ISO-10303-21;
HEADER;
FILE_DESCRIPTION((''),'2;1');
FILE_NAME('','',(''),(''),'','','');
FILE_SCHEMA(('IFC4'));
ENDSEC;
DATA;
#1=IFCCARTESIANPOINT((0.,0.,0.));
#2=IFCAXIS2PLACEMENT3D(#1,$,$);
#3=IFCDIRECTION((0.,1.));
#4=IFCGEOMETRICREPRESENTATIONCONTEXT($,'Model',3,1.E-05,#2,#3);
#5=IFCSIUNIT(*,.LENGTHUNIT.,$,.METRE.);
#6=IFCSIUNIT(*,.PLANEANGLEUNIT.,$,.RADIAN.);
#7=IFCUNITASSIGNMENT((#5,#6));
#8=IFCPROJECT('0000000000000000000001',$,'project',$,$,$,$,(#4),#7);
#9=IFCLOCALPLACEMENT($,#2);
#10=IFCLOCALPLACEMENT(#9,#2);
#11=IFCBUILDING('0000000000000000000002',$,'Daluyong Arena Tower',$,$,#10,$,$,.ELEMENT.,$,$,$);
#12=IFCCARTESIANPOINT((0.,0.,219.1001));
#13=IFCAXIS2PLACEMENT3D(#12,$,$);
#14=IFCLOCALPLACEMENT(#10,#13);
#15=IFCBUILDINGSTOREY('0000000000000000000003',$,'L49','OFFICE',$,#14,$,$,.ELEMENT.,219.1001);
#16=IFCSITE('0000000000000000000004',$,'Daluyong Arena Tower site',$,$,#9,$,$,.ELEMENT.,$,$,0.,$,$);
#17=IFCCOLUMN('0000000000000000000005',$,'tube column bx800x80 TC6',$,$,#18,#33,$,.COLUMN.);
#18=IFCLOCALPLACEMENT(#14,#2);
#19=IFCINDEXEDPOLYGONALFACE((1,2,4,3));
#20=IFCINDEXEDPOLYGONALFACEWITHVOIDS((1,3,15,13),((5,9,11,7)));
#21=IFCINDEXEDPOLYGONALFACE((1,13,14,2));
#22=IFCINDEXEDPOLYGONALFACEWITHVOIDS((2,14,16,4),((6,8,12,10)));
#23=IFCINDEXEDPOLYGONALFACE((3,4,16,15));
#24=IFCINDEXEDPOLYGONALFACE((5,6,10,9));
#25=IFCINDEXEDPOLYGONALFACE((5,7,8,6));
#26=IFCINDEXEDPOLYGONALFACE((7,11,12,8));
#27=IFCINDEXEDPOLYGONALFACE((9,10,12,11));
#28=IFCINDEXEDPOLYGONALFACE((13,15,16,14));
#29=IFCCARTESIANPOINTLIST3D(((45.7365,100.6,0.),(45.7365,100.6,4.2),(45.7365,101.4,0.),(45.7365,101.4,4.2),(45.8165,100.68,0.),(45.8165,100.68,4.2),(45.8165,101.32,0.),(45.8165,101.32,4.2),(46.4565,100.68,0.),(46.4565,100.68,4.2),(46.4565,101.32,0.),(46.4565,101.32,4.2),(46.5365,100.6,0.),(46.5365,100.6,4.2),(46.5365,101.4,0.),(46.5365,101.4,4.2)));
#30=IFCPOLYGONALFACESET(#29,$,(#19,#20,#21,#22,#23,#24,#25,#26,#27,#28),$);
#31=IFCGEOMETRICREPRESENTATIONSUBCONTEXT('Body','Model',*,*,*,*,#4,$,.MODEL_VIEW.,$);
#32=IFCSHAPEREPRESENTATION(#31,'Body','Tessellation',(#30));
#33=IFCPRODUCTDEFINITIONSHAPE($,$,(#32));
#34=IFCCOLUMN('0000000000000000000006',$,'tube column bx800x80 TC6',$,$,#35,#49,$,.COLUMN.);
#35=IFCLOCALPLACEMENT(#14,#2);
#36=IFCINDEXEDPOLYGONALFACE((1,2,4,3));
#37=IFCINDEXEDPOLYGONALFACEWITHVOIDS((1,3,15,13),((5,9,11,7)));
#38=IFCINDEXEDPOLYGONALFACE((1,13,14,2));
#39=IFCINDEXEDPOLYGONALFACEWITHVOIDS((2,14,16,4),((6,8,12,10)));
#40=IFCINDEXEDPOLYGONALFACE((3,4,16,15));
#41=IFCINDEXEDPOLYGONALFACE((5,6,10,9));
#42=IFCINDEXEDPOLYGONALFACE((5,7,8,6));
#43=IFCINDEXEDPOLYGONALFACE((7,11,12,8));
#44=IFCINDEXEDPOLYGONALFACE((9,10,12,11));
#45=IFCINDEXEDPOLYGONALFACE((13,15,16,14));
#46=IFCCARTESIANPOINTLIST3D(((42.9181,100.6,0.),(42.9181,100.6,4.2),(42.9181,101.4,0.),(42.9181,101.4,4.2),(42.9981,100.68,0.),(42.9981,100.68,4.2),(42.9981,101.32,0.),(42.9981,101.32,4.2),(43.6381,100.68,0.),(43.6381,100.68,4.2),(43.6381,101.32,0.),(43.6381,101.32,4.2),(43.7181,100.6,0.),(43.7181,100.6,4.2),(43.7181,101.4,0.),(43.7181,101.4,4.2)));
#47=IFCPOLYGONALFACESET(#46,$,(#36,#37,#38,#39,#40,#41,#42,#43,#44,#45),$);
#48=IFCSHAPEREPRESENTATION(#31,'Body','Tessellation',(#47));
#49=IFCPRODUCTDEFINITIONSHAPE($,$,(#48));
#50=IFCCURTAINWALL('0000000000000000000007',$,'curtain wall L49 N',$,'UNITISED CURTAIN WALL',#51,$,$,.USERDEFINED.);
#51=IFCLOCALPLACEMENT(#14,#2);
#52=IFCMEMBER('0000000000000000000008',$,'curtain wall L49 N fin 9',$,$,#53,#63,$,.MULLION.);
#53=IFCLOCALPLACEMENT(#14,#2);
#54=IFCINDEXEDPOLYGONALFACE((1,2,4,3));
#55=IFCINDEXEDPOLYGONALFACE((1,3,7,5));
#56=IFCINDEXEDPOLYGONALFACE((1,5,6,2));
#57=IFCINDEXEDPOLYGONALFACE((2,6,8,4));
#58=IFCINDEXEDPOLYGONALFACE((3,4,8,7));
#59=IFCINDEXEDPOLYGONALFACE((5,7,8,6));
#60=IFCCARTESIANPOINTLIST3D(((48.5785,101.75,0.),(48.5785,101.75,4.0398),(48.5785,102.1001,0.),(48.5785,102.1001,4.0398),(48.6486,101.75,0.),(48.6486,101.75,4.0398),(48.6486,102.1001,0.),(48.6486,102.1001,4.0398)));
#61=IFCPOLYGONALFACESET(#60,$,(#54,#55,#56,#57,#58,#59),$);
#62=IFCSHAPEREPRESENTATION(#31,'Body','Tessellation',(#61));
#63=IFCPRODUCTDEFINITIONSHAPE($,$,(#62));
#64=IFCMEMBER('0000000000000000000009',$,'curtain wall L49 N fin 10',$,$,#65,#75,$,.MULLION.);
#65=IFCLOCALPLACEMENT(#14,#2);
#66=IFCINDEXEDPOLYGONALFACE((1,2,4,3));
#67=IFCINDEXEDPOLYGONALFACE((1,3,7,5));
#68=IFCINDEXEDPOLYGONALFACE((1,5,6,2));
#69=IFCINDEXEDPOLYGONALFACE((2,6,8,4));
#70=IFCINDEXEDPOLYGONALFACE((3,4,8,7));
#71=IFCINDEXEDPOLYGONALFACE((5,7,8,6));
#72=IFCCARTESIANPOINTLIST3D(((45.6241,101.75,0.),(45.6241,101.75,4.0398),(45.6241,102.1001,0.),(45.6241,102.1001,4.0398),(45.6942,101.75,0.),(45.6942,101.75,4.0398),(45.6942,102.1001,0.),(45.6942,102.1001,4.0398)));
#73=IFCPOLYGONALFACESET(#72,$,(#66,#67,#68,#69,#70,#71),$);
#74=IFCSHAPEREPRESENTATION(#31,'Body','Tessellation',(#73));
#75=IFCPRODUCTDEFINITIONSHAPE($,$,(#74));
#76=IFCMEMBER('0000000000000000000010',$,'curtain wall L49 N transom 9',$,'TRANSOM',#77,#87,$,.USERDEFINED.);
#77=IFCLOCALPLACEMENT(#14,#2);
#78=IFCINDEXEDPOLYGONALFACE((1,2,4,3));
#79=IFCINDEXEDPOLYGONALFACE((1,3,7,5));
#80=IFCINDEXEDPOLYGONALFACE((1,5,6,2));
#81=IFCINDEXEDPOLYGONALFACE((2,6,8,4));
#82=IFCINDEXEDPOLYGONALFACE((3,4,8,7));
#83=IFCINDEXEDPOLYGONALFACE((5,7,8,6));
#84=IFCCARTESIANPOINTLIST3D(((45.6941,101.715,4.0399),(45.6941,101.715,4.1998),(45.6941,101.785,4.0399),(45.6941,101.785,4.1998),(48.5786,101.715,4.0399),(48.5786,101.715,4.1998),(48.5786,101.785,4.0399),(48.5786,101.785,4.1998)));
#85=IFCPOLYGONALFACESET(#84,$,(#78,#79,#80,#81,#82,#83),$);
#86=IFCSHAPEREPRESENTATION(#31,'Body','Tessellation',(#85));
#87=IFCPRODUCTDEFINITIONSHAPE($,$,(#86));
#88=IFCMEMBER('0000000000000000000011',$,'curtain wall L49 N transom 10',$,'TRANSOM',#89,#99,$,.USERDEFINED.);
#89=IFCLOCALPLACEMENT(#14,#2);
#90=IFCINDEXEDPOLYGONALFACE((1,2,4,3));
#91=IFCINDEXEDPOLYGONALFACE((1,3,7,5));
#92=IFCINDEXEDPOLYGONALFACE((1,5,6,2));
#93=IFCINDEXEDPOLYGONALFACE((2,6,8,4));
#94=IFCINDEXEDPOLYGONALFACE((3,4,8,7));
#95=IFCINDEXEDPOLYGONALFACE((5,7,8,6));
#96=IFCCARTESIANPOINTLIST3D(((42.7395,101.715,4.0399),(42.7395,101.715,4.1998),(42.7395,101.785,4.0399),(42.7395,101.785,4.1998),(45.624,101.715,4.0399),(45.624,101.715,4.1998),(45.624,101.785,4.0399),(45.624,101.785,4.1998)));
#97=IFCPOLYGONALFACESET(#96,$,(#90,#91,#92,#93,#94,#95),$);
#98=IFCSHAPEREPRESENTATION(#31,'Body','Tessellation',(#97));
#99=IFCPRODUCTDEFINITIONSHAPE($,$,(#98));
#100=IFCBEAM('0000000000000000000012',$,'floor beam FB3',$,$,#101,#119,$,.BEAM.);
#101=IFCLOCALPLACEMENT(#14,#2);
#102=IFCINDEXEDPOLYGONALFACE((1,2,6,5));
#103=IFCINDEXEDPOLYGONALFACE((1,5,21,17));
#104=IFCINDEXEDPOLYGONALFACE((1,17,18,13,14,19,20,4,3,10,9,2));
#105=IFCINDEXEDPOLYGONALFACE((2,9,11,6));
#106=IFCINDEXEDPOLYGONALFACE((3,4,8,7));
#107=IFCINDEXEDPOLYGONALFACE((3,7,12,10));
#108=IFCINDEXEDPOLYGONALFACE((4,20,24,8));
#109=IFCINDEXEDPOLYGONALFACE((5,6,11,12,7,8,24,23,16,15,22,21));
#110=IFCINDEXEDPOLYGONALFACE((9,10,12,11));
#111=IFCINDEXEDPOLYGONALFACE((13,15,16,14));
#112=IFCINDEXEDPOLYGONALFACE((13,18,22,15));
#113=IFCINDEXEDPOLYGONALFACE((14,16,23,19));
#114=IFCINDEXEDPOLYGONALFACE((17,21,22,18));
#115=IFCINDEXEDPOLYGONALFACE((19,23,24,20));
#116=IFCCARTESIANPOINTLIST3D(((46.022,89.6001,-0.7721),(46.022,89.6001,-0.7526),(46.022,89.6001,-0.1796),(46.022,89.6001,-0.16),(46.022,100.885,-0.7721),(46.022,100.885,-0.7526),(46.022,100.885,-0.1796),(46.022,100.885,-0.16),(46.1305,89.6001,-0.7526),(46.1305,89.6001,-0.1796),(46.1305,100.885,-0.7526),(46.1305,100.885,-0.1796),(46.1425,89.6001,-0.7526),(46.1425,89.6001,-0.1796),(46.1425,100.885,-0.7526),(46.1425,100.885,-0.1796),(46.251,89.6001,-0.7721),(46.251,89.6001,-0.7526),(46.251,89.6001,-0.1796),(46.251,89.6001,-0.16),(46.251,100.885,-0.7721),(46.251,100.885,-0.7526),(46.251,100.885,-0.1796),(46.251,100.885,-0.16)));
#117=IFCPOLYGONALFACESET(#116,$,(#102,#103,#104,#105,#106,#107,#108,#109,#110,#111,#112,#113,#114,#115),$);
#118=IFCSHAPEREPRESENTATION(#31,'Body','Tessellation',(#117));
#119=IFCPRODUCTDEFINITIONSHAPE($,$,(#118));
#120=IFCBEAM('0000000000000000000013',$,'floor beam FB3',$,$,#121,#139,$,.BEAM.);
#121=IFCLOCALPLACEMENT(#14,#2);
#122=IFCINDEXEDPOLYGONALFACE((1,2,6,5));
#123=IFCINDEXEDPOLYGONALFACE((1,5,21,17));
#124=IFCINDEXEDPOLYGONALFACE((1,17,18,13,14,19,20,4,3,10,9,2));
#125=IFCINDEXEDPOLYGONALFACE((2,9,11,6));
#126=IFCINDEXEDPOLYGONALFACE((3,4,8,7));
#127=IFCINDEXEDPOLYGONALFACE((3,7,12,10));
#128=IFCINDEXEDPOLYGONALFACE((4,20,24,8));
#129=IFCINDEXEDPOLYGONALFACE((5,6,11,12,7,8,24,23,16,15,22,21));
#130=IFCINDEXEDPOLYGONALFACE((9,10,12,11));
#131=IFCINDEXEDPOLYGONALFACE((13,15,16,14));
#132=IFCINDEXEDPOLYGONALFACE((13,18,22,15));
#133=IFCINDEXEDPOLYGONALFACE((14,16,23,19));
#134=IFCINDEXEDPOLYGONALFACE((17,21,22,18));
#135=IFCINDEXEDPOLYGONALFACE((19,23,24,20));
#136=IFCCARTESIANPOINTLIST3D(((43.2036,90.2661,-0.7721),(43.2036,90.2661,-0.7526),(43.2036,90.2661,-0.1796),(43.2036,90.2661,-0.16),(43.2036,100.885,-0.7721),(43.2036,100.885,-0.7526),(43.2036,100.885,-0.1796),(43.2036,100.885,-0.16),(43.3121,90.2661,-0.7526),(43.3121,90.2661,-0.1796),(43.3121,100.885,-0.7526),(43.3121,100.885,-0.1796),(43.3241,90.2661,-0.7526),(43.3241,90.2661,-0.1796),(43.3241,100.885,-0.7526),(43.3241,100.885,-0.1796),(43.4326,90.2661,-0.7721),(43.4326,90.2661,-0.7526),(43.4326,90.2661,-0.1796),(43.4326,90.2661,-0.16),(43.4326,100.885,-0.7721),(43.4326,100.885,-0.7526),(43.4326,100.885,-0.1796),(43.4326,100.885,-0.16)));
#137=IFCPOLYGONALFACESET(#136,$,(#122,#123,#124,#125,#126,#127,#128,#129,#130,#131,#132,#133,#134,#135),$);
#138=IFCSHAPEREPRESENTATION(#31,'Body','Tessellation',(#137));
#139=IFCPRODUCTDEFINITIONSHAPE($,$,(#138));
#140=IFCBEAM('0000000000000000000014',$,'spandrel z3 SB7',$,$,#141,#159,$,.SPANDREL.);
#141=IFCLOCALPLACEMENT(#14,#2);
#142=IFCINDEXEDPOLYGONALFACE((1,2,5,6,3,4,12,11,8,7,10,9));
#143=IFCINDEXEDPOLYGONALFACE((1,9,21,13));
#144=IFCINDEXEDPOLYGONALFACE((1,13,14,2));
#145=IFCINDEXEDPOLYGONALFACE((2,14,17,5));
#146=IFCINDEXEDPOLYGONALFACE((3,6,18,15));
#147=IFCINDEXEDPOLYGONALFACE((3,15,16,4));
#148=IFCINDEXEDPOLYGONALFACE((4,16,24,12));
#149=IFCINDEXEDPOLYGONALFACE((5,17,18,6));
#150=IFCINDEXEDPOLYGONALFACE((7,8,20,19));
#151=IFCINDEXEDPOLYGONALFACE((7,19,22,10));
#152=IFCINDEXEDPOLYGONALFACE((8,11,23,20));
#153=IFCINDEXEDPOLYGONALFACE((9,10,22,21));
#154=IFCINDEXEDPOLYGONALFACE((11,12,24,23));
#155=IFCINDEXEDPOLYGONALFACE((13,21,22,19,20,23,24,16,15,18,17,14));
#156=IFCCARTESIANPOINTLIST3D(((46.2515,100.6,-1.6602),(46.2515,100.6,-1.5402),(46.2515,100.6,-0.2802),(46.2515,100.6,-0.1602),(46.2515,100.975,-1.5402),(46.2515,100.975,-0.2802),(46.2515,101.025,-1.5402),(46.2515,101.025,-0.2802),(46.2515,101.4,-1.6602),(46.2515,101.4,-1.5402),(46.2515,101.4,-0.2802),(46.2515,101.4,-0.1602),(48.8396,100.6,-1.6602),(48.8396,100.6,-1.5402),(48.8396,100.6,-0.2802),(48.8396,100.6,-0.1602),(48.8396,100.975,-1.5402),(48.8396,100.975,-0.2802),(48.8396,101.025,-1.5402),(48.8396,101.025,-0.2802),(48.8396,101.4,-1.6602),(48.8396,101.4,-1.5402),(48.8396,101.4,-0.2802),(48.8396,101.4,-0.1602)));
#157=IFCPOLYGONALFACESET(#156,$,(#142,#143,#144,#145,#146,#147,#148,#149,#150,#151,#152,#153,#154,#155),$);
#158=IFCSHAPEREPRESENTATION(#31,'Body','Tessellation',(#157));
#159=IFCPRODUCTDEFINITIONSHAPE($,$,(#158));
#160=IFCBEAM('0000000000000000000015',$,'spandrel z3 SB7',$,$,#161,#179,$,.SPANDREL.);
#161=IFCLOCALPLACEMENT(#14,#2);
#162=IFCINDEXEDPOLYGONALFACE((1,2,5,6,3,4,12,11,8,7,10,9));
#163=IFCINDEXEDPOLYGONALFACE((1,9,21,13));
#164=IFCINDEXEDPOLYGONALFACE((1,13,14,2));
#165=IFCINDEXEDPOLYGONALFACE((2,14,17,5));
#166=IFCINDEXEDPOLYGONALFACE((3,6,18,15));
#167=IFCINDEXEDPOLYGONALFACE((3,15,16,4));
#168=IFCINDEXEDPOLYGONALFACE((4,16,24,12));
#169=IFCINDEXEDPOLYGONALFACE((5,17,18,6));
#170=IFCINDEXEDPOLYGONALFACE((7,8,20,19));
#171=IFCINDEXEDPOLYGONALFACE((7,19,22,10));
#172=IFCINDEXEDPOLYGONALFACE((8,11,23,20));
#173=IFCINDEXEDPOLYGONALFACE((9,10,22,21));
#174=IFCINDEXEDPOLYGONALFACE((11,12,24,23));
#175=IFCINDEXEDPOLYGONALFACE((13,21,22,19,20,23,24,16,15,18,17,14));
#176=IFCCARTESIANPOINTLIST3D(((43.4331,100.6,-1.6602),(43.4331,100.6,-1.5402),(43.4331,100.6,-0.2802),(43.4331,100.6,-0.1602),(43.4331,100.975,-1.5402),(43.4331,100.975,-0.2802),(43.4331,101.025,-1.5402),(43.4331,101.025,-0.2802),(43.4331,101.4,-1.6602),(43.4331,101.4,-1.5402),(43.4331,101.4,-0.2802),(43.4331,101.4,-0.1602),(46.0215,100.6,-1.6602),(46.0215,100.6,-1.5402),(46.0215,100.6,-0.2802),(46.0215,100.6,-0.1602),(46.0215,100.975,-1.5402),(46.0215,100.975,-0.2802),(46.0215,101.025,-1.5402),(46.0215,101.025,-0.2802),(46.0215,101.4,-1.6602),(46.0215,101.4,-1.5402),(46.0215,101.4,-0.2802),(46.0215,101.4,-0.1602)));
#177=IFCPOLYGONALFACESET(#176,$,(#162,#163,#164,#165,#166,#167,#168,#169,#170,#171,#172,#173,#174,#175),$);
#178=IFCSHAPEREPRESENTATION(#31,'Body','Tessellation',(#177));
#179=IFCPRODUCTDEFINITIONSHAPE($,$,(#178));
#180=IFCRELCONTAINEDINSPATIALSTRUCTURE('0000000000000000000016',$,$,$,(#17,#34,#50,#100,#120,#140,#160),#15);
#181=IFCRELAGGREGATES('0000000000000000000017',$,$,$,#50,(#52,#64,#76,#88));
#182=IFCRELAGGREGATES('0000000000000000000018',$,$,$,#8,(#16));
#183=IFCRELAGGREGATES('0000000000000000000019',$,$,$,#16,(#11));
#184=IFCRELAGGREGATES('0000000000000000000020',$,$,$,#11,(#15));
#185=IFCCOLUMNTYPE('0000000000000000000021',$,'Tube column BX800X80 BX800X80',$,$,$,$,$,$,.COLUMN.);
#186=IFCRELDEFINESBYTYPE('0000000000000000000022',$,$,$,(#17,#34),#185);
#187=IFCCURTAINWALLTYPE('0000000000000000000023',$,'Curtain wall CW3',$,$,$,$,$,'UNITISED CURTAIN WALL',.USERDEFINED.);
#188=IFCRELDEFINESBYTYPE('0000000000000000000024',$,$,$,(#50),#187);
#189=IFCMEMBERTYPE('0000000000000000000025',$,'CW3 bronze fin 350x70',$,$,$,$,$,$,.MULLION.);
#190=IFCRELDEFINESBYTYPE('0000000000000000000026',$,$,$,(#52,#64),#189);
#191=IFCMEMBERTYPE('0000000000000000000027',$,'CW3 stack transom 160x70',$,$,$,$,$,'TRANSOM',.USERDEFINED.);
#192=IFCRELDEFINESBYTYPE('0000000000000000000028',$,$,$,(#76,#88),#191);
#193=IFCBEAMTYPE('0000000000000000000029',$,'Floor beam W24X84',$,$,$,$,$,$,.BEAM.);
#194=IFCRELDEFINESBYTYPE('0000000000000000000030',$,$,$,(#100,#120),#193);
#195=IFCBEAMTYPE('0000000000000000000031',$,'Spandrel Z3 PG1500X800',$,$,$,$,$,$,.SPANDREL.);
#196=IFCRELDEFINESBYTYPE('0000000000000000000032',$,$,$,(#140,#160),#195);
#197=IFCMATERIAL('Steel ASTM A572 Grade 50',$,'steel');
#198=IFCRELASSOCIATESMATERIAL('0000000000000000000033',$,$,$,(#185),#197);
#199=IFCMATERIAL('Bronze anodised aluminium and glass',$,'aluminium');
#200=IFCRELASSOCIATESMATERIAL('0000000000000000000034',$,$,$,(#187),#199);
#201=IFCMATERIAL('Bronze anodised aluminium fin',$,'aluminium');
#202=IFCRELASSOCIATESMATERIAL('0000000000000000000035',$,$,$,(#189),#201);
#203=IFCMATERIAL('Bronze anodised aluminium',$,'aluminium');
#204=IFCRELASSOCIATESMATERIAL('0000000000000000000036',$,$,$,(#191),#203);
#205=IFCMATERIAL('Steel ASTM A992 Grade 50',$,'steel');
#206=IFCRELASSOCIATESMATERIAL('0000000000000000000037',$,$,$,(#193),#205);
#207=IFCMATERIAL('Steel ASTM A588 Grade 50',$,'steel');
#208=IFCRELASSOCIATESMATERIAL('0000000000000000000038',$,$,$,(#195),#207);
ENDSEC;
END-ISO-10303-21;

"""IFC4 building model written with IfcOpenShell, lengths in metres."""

from ifc_helpers import new_model, si_unit, direction, frame, origin, origin_2d, place, context, subcontext, project, spatial, rectangle, hollow_rectangle, i_section, extrude, material, material_profile, profile_set, type_object, element, aggregate, save


model = new_model("IFC4")

# Units and contexts
model_context = context("Model", 3, precision=1e-05, world=origin(), true_north=direction((0.0, 1.0)))
body_context = subcontext(model_context, "Body", "Model", "MODEL_VIEW")
ifc_project = project(units=[si_unit("LENGTHUNIT", "METRE"), si_unit("PLANEANGLEUNIT", "RADIAN")], contexts=[model_context])

# Site, building, storey
site_placement = place(None, origin())
site = spatial("IfcSite", under=ifc_project, at=site_placement, Name="Daluyong Arena Tower site", CompositionType="ELEMENT", RefElevation=0.0)
building_placement = place(site_placement, origin())
building = spatial("IfcBuilding", under=site, at=building_placement, Name="Daluyong Arena Tower", CompositionType="ELEMENT")
storey_placement = place(building_placement, frame((0.0, 0.0, 219.1001)))
storey = spatial("IfcBuildingStorey", under=building, at=storey_placement, Name="L49", Description="OFFICE", CompositionType="ELEMENT", Elevation=219.1001)

# Columns
ifc_material_1 = material(Name="Steel ASTM A572 Grade 50", Category="steel")
ifc_material_profile_1 = material_profile(ifc_material_1, hollow_rectangle(XDim=0.8, YDim=0.8, WallThickness=0.08, at=origin_2d()))
ifc_profile_set_1 = profile_set([ifc_material_profile_1], Name="Steel ASTM A572 Grade 50")
column_type = type_object("IfcColumnType", Name="Tube column BX800X80 BX800X80", PredefinedType="COLUMN", material=ifc_profile_set_1)
for number, where, z_axis, x_axis, name in (
    (1, (46.1365, 101.0, 0.0), (0.0, 0.0, 1.0), (1.0, 0.0, 0.0), "tube column bx800x80 TC6"),
    (2, (43.3181, 101.0, 0.0), (0.0, 0.0, 1.0), (1.0, 0.0, 0.0), "tube column bx800x80 TC6"),
):
    element("IfcColumn", number, at=place(storey_placement, frame(where, z_axis=z_axis, x_axis=x_axis)), inside=storey, type_object=column_type, Name=name, PredefinedType="COLUMN", context=body_context, shape_type="SweptSolid", body=[
        extrude(hollow_rectangle(XDim=0.8, YDim=0.8, WallThickness=0.08, at=origin_2d()), origin(), (0.0, 0.0, 1.0), 4.2),
    ])

# Curtain wall, members
ifc_material_2 = material(Name="Bronze anodised aluminium and glass", Category="aluminium")
curtain_wall_type = type_object("IfcCurtainWallType", Name="Curtain wall CW3", ElementType="UNITISED CURTAIN WALL", PredefinedType="USERDEFINED", material=ifc_material_2)
curtain_wall_placement = place(storey_placement, origin())
curtain_wall = element("IfcCurtainWall", 3, at=curtain_wall_placement, inside=storey, type_object=curtain_wall_type, Name="curtain wall L49 N", ObjectType="UNITISED CURTAIN WALL", PredefinedType="USERDEFINED")
ifc_material_3 = material(Name="Bronze anodised aluminium fin", Category="aluminium")
ifc_material_profile_2 = material_profile(ifc_material_3, rectangle(XDim=0.3501, YDim=0.0701, at=origin_2d()))
ifc_profile_set_2 = profile_set([ifc_material_profile_2], Name="Bronze anodised aluminium fin")
member_type_1 = type_object("IfcMemberType", Name="CW3 bronze fin 350x70", PredefinedType="MULLION", material=ifc_profile_set_2)
member_1_placement = place(storey_placement, frame((48.6135, 101.925, 0.0), z_axis=(0.0, 0.0, 1.0), x_axis=(0.0, -1.0, 0.0)))
member_1 = element("IfcMember", 4, at=member_1_placement, type_object=member_type_1, Name="curtain wall L49 N fin 9", PredefinedType="MULLION", context=body_context, shape_type="SweptSolid", body=[
    extrude(rectangle(XDim=0.3501, YDim=0.0701, at=origin_2d()), origin(), (0.0, 0.0, 1.0), 4.0398),
])
member_2_placement = place(storey_placement, frame((45.6592, 101.925, 0.0), z_axis=(0.0, 0.0, 1.0), x_axis=(0.0, -1.0, 0.0)))
member_2 = element("IfcMember", 5, at=member_2_placement, type_object=member_type_1, Name="curtain wall L49 N fin 10", PredefinedType="MULLION", context=body_context, shape_type="SweptSolid", body=[
    extrude(rectangle(XDim=0.3501, YDim=0.0701, at=origin_2d()), origin(), (0.0, 0.0, 1.0), 4.0398),
])
ifc_material_4 = material(Name="Bronze anodised aluminium", Category="aluminium")
ifc_material_profile_3 = material_profile(ifc_material_4, rectangle(XDim=0.0701, YDim=0.1599, at=origin_2d()))
ifc_profile_set_3 = profile_set([ifc_material_profile_3], Name="Bronze anodised aluminium")
member_type_2 = type_object("IfcMemberType", Name="CW3 stack transom 160x70", ElementType="TRANSOM", PredefinedType="USERDEFINED", material=ifc_profile_set_3)
member_3_placement = place(storey_placement, frame((48.5786, 101.75, 4.1199), z_axis=(-1.0, 0.0, 0.0), x_axis=(0.0, -1.0, 0.0)))
member_3 = element("IfcMember", 6, at=member_3_placement, type_object=member_type_2, Name="curtain wall L49 N transom 9", ObjectType="TRANSOM", PredefinedType="USERDEFINED", context=body_context, shape_type="SweptSolid", body=[
    extrude(rectangle(XDim=0.0701, YDim=0.1599, at=origin_2d()), origin(), (0.0, 0.0, 1.0), 2.8845),
])
member_4_placement = place(storey_placement, frame((45.624, 101.75, 4.1199), z_axis=(-1.0, 0.0, 0.0), x_axis=(0.0, -1.0, 0.0)))
member_4 = element("IfcMember", 7, at=member_4_placement, type_object=member_type_2, Name="curtain wall L49 N transom 10", ObjectType="TRANSOM", PredefinedType="USERDEFINED", context=body_context, shape_type="SweptSolid", body=[
    extrude(rectangle(XDim=0.0701, YDim=0.1599, at=origin_2d()), origin(), (0.0, 0.0, 1.0), 2.8845),
])

# Beams
ifc_material_5 = material(Name="Steel ASTM A992 Grade 50", Category="steel")
ifc_material_profile_4 = material_profile(ifc_material_5, i_section(OverallWidth=0.229, OverallDepth=0.6121, WebThickness=0.012, FlangeThickness=0.0195, at=origin_2d()))
ifc_profile_set_4 = profile_set([ifc_material_profile_4], Name="Steel ASTM A992 Grade 50")
beam_type_1 = type_object("IfcBeamType", Name="Floor beam W24X84", PredefinedType="BEAM", material=ifc_profile_set_4)
beam_1_placement = place(storey_placement, frame((46.1365, 100.885, -0.4661), z_axis=(0.0, -1.0, 0.0), x_axis=(1.0, 0.0, 0.0)))
element("IfcBeam", 8, at=beam_1_placement, inside=storey, type_object=beam_type_1, Name="floor beam FB3", PredefinedType="BEAM", context=body_context, shape_type="SweptSolid", body=[
    extrude(i_section(OverallWidth=0.229, OverallDepth=0.6121, WebThickness=0.012, FlangeThickness=0.0195, at=origin_2d()), origin(), (0.0, 0.0, 1.0), 11.2849),
])
beam_2_placement = place(storey_placement, frame((43.3181, 100.885, -0.4661), z_axis=(0.0, -1.0, 0.0), x_axis=(1.0, 0.0, 0.0)))
element("IfcBeam", 9, at=beam_2_placement, inside=storey, type_object=beam_type_1, Name="floor beam FB3", PredefinedType="BEAM", context=body_context, shape_type="SweptSolid", body=[
    extrude(i_section(OverallWidth=0.229, OverallDepth=0.6121, WebThickness=0.012, FlangeThickness=0.0195, at=origin_2d()), origin(), (0.0, 0.0, 1.0), 10.6189),
])
ifc_material_6 = material(Name="Steel ASTM A588 Grade 50", Category="steel")
ifc_material_profile_5 = material_profile(ifc_material_6, i_section(OverallWidth=0.8, OverallDepth=1.5, WebThickness=0.05, FlangeThickness=0.12, at=origin_2d()))
ifc_profile_set_5 = profile_set([ifc_material_profile_5], Name="Steel ASTM A588 Grade 50")
beam_type_2 = type_object("IfcBeamType", Name="Spandrel Z3 PG1500X800", PredefinedType="SPANDREL", material=ifc_profile_set_5)
beam_3_placement = place(storey_placement, frame((48.8396, 101.0, -0.9102), z_axis=(-1.0, 0.0, 0.0), x_axis=(0.0, -1.0, 0.0)))
element("IfcBeam", 10, at=beam_3_placement, inside=storey, type_object=beam_type_2, Name="spandrel z3 SB7", PredefinedType="SPANDREL", context=body_context, shape_type="SweptSolid", body=[
    extrude(i_section(OverallWidth=0.8, OverallDepth=1.5, WebThickness=0.05, FlangeThickness=0.12, at=origin_2d()), origin(), (0.0, 0.0, 1.0), 2.5881),
])
beam_4_placement = place(storey_placement, frame((46.0215, 101.0, -0.9102), z_axis=(-1.0, 0.0, 0.0), x_axis=(0.0, -1.0, 0.0)))
element("IfcBeam", 11, at=beam_4_placement, inside=storey, type_object=beam_type_2, Name="spandrel z3 SB7", PredefinedType="SPANDREL", context=body_context, shape_type="SweptSolid", body=[
    extrude(i_section(OverallWidth=0.8, OverallDepth=1.5, WebThickness=0.05, FlangeThickness=0.12, at=origin_2d()), origin(), (0.0, 0.0, 1.0), 2.5884),
])

aggregate(curtain_wall, [member_1, member_2, member_3, member_4])

save(model, "model.ifc")
